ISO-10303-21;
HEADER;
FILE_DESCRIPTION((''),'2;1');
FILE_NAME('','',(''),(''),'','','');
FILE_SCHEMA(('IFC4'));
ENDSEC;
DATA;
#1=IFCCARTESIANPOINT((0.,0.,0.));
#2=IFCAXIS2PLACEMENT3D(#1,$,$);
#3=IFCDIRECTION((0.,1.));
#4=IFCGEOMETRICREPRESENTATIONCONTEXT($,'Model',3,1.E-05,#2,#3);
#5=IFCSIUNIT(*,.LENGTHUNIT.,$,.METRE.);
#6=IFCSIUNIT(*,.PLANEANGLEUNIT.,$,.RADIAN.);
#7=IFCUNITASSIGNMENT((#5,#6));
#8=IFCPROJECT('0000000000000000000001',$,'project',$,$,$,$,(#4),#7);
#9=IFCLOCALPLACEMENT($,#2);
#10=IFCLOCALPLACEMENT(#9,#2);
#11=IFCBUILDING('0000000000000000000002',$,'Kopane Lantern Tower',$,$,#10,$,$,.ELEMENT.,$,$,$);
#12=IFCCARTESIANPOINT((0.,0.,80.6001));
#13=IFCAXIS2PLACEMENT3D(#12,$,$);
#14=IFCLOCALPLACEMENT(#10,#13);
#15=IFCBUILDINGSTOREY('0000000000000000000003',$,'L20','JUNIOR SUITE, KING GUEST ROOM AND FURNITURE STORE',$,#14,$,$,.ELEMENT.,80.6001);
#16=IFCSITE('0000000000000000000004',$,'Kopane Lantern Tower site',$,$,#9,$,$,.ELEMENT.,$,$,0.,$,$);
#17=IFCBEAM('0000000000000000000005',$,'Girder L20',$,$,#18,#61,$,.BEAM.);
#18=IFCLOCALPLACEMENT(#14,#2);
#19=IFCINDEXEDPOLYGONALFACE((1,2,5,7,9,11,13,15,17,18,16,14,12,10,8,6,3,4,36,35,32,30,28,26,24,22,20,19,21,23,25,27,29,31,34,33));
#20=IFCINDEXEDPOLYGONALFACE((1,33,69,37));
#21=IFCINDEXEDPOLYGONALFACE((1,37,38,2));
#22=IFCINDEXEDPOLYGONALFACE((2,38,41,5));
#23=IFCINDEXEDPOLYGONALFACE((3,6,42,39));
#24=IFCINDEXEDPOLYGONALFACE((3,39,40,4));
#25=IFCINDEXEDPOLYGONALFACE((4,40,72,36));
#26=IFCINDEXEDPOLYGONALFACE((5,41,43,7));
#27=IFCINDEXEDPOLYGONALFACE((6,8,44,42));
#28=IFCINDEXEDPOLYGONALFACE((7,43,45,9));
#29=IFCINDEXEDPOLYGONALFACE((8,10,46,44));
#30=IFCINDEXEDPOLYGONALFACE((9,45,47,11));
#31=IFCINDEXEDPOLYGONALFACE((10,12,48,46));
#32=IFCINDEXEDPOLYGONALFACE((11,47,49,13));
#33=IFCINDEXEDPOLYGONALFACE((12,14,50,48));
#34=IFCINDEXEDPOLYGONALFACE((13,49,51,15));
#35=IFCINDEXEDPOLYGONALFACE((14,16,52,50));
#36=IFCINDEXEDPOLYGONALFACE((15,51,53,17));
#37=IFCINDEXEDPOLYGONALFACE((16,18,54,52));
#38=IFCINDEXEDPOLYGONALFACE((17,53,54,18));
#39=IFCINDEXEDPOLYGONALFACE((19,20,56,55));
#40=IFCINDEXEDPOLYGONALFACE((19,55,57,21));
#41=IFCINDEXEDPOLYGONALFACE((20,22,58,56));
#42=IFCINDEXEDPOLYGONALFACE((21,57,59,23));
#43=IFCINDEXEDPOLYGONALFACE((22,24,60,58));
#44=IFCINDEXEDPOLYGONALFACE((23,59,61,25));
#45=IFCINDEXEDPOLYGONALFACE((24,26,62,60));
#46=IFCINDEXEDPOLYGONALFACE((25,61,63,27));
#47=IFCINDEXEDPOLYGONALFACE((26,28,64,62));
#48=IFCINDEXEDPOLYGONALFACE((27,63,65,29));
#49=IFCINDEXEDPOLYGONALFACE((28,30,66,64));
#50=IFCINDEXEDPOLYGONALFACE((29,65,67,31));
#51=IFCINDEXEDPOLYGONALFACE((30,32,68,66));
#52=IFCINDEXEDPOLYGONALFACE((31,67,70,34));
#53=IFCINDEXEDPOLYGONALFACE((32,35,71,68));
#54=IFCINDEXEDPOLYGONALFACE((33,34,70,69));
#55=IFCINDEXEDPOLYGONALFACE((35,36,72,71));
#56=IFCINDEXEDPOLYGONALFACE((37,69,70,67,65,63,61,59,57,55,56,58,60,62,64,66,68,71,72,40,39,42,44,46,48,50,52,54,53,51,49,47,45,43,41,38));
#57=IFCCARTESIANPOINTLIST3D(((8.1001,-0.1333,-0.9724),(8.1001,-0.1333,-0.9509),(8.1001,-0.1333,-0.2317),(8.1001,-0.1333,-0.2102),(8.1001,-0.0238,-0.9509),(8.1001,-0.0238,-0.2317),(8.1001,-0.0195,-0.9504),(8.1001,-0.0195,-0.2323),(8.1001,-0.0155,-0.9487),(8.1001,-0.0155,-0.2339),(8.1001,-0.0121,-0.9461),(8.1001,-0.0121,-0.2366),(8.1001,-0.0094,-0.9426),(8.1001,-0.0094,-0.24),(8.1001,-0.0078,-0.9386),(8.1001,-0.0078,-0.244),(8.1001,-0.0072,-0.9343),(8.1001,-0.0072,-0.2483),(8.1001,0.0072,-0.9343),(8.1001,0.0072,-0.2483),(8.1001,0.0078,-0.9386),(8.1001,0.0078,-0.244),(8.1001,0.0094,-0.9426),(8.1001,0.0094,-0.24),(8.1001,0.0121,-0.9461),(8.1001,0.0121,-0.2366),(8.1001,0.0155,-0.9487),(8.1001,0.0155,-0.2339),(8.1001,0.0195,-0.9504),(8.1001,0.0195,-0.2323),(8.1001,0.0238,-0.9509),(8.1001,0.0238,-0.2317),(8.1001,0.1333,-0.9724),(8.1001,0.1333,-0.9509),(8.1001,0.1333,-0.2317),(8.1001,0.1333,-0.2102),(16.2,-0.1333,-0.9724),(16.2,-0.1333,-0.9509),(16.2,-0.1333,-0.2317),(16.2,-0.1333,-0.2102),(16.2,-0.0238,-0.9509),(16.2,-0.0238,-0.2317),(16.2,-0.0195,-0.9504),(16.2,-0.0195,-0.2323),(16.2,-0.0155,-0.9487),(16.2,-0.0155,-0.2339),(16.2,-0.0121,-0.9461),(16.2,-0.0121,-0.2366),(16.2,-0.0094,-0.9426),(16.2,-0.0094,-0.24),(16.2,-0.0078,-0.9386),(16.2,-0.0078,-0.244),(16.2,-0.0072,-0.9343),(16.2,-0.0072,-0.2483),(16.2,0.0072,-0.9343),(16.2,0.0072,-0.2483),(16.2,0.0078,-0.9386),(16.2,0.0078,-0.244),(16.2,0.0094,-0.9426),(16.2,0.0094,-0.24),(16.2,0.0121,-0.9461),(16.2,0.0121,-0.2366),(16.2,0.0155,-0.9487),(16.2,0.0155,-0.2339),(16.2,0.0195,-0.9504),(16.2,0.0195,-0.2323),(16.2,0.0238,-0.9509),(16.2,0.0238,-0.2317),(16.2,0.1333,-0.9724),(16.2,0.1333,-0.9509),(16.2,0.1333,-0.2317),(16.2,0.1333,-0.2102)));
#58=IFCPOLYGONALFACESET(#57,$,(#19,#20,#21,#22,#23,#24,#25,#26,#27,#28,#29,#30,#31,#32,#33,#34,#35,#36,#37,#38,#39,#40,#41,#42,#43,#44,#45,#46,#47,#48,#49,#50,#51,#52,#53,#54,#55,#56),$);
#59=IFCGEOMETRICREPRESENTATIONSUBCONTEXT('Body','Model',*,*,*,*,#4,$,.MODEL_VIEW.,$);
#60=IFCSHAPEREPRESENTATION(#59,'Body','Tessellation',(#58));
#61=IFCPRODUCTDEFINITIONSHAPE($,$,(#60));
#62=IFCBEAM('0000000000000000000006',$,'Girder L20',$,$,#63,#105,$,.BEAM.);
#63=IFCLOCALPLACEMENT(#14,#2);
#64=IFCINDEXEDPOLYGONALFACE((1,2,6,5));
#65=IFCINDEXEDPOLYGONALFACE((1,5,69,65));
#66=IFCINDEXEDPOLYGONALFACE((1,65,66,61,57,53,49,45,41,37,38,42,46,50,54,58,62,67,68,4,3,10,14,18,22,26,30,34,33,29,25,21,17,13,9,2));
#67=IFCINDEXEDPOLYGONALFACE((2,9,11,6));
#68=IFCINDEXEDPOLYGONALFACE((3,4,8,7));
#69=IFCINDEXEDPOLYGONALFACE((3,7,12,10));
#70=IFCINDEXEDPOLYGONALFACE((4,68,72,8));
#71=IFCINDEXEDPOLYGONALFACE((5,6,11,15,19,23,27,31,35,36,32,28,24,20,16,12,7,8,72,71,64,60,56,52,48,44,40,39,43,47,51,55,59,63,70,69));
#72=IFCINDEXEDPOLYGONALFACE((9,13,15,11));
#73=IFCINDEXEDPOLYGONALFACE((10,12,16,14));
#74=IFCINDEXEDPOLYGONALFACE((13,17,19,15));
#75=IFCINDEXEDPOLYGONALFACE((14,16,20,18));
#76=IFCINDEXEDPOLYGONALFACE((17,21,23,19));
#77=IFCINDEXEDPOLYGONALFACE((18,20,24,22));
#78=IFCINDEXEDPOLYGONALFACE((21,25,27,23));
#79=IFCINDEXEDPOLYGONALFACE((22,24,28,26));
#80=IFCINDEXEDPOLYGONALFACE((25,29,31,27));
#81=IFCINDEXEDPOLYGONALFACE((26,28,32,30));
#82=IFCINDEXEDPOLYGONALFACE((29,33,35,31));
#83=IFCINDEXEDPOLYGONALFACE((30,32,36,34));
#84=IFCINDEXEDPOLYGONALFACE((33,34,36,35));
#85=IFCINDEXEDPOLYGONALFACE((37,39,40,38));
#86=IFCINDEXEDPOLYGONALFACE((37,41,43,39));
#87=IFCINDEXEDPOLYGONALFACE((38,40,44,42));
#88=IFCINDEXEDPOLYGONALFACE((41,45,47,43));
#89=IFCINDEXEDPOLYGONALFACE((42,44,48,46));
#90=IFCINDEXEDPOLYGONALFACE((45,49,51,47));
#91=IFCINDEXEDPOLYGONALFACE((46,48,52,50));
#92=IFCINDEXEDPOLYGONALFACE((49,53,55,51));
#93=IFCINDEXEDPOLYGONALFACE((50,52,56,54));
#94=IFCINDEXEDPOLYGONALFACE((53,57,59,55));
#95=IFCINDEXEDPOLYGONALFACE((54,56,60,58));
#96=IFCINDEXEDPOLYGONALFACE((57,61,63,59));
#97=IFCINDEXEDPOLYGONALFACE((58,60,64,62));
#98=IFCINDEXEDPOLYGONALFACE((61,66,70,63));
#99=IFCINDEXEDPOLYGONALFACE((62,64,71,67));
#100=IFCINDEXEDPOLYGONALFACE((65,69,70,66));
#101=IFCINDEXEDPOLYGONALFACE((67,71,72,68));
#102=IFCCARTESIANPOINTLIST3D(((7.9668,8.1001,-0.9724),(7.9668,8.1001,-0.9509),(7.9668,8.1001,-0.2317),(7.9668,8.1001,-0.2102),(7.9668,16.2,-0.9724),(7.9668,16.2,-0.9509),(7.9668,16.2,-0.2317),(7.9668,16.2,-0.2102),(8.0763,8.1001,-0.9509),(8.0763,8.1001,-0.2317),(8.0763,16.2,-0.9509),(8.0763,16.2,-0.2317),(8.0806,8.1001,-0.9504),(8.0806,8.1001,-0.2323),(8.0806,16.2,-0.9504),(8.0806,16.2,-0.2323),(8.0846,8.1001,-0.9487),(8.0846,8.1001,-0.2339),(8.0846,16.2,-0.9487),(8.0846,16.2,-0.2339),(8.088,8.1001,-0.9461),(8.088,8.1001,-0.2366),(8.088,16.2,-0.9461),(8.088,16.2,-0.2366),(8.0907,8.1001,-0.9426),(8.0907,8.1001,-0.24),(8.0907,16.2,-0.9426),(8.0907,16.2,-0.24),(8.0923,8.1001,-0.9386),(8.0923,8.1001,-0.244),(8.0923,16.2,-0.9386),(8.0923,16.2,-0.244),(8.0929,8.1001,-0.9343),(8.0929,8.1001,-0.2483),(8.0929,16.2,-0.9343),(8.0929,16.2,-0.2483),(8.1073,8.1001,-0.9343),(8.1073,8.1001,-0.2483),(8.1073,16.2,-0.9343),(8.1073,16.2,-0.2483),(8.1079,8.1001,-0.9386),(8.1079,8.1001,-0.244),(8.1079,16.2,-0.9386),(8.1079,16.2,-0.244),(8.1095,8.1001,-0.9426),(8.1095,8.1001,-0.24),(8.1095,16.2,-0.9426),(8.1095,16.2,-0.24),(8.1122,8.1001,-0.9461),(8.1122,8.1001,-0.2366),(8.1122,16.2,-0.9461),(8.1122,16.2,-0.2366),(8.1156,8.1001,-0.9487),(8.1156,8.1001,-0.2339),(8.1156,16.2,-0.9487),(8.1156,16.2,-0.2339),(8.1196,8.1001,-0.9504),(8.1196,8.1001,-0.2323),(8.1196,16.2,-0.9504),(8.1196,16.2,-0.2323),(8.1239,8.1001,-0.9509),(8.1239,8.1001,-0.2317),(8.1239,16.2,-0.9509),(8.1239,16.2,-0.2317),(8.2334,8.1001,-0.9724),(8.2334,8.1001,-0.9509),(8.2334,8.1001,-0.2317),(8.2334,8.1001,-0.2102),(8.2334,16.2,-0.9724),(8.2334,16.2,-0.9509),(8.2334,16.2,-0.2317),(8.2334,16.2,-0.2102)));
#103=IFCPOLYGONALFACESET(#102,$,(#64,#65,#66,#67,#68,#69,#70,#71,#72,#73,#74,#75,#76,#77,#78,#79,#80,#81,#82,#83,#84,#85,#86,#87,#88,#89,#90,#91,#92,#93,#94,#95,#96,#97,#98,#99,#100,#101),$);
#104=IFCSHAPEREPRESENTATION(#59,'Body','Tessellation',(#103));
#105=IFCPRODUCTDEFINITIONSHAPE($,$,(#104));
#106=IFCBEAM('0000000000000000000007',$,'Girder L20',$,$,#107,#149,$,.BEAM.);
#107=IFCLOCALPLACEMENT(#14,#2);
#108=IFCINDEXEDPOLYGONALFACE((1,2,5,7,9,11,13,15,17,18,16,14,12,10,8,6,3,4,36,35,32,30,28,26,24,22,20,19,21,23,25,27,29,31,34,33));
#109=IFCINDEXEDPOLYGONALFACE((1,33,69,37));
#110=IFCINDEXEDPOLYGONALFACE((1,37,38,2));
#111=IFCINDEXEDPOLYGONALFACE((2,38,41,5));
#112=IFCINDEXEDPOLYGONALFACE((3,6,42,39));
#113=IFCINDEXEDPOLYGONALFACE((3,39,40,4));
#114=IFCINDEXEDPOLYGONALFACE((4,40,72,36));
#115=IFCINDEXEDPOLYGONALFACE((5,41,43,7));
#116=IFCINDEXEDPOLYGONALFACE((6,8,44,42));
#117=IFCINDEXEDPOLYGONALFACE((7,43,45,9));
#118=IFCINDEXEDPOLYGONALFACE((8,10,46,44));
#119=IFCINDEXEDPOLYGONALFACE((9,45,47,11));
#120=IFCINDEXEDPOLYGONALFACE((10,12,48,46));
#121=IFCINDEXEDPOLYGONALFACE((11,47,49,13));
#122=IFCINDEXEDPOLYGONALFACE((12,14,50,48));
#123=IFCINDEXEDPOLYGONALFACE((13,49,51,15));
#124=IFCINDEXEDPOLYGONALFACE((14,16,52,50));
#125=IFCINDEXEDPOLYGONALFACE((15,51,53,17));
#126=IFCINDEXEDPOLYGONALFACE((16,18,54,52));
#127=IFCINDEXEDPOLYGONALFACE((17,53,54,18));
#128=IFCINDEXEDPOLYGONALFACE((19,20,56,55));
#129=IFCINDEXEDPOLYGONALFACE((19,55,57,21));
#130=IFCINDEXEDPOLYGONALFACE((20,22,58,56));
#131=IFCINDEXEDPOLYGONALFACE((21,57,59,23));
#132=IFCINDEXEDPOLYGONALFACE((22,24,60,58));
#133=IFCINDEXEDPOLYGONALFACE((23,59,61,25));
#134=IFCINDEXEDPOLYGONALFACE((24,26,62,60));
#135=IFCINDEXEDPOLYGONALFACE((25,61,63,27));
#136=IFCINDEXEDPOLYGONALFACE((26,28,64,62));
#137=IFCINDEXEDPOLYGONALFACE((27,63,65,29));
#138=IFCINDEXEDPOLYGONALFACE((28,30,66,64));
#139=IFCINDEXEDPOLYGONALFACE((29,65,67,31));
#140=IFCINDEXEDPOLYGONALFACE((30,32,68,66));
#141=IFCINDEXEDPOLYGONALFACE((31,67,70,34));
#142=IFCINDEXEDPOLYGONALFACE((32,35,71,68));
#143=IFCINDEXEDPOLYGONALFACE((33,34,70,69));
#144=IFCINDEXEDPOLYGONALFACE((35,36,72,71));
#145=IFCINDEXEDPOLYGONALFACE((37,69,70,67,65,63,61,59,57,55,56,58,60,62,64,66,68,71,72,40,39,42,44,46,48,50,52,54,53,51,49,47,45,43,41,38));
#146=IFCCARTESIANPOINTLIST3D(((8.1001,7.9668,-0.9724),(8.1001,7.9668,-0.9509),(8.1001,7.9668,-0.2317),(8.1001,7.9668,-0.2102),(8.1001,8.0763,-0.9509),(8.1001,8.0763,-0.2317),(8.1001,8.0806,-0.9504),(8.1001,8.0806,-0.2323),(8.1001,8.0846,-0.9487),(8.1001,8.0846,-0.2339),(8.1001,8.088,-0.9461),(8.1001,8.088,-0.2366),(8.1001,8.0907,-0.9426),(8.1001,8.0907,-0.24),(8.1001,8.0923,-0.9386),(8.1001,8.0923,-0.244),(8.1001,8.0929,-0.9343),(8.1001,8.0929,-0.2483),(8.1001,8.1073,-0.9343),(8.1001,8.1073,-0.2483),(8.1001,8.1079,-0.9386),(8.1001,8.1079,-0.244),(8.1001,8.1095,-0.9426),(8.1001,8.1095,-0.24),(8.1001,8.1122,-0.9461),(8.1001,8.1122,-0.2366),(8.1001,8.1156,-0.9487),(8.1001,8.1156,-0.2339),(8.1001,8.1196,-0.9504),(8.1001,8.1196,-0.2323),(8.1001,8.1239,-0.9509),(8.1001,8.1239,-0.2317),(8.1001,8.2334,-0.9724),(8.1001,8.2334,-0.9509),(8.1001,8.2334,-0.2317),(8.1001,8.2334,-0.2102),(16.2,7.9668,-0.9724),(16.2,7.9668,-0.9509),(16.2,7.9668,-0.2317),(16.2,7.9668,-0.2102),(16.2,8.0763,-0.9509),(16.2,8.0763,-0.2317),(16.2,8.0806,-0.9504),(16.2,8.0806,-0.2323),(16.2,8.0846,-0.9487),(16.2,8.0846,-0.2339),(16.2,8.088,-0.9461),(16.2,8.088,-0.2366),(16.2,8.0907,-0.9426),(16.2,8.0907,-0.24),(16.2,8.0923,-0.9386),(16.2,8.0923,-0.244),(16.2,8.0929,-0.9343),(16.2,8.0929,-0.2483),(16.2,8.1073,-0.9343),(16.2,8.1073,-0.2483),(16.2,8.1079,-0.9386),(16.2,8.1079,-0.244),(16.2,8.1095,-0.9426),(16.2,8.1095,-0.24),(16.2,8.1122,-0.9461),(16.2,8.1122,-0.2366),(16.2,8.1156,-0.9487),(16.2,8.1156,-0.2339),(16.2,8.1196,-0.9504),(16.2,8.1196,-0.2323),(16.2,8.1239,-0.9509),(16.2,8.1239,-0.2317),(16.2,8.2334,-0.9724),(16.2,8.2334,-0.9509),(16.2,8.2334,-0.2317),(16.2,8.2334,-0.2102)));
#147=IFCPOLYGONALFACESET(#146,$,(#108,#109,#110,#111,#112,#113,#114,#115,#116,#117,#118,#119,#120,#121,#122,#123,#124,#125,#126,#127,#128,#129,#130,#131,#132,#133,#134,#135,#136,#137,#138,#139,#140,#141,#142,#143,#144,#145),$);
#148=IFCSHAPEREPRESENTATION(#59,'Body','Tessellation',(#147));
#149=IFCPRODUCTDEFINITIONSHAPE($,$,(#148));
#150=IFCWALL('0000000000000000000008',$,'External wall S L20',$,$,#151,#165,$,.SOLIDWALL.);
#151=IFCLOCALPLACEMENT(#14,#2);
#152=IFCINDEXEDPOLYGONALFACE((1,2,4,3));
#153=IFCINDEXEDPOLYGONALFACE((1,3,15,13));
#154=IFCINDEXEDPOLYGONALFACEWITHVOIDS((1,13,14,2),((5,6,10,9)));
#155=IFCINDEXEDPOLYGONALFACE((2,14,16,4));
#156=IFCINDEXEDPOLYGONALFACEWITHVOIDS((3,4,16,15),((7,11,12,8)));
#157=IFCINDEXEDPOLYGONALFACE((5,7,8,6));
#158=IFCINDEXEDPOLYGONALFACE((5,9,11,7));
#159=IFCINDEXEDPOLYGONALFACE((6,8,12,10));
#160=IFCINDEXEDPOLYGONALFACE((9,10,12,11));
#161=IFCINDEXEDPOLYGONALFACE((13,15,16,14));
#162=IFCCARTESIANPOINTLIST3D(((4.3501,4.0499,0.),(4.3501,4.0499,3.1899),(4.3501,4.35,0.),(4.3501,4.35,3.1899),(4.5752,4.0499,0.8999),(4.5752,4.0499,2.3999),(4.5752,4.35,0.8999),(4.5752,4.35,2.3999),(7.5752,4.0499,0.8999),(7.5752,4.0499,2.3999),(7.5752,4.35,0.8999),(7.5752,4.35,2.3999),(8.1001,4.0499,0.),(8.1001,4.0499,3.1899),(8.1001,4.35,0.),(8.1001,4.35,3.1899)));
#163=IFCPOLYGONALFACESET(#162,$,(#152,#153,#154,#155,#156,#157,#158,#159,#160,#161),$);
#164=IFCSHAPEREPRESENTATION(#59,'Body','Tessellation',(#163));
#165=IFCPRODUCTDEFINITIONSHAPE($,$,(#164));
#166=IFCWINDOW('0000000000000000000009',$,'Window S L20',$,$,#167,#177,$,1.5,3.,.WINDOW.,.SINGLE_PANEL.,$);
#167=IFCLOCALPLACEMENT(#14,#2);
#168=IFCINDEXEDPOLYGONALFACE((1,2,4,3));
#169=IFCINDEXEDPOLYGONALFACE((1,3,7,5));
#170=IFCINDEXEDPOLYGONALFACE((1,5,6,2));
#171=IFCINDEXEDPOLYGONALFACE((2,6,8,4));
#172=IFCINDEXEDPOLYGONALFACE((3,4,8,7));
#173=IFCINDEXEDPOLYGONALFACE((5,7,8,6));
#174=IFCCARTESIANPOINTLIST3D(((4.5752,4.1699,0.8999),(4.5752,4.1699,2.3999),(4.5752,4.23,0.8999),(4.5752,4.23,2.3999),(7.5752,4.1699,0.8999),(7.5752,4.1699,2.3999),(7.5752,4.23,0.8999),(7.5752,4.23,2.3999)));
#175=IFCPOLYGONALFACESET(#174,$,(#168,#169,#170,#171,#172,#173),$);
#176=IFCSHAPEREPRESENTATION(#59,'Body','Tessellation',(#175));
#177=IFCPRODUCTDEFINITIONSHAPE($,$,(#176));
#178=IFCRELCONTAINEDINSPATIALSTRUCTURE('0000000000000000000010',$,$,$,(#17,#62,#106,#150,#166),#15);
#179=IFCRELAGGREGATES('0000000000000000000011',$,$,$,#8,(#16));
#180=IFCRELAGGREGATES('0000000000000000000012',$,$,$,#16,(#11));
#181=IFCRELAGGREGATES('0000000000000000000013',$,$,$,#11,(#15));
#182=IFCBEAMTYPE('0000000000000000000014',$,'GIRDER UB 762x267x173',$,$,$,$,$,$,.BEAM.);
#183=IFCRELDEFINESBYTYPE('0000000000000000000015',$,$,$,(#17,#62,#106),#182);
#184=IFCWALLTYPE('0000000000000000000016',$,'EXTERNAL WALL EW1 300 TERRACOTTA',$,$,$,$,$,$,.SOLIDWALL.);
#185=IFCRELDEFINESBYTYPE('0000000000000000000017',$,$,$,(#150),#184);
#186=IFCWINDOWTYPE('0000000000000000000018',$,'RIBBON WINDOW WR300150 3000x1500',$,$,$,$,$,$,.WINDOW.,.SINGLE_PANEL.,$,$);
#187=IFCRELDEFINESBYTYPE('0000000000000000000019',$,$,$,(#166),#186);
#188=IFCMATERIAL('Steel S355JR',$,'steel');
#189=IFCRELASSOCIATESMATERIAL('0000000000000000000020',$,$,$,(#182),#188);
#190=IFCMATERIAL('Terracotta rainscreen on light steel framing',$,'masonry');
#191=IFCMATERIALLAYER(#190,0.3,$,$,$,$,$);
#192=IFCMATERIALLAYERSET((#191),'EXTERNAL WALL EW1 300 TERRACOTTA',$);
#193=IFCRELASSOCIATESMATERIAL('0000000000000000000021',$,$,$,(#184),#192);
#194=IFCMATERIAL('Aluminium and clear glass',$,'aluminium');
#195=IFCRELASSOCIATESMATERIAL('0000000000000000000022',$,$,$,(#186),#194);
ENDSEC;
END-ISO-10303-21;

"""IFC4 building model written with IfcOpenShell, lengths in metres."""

from ifc_helpers import new_model, si_unit, direction, frame, frame_2d, origin, origin_2d, place, context, subcontext, project, spatial, rectangle, i_section, extrude, material, layer, layer_set, material_profile, profile_set, type_object, element, fill, save


model = new_model("IFC4")

# Units and contexts
model_context = context("Model", 3, precision=1e-05, world=origin(), true_north=direction((0.0, 1.0)))
body_context = subcontext(model_context, "Body", "Model", "MODEL_VIEW")
ifc_project = project(units=[si_unit("LENGTHUNIT", "METRE"), si_unit("PLANEANGLEUNIT", "RADIAN")], contexts=[model_context])

# Site, building, storey
site_placement = place(None, origin())
site = spatial("IfcSite", under=ifc_project, at=site_placement, Name="Kopane Lantern Tower site", CompositionType="ELEMENT", RefElevation=0.0)
building_placement = place(site_placement, origin())
building = spatial("IfcBuilding", under=site, at=building_placement, Name="Kopane Lantern Tower", CompositionType="ELEMENT")
storey_placement = place(building_placement, frame((0.0, 0.0, 80.6001)))
storey = spatial("IfcBuildingStorey", under=building, at=storey_placement, Name="L20", Description="JUNIOR SUITE, KING GUEST ROOM AND FURNITURE STORE", CompositionType="ELEMENT", Elevation=80.6001)

# Beams
ifc_material_1 = material(Name="Steel S355JR", Category="steel")
ifc_material_profile_1 = material_profile(ifc_material_1, i_section(OverallWidth=0.2666, OverallDepth=0.7622, WebThickness=0.0144, FlangeThickness=0.0215, FilletRadius=0.0166, at=origin_2d()), Name="UB 762x267x173")
ifc_profile_set_1 = profile_set([ifc_material_profile_1], Name="Steel S355JR")
beam_type_1 = type_object("IfcBeamType", Name="GIRDER UB 762x267x173", PredefinedType="BEAM", material=ifc_profile_set_1)
for number, where, z_axis, x_axis, name in (
    (1, (8.1001, 0.0, -0.5913), (1.0, 0.0, 0.0), (0.0, 1.0, 0.0), "Girder L20"),
    (2, (8.1001, 8.1001, -0.5913), (0.0, 1.0, 0.0), (-1.0, 0.0, 0.0), "Girder L20"),
    (3, (8.1001, 8.1001, -0.5913), (1.0, 0.0, 0.0), (0.0, 1.0, 0.0), "Girder L20"),
):
    element("IfcBeam", number, at=place(storey_placement, frame(where, z_axis=z_axis, x_axis=x_axis)), inside=storey, type_object=beam_type_1, Name=name, PredefinedType="BEAM", context=body_context, shape_type="SweptSolid", body=[
        extrude(i_section(OverallWidth=0.2666, OverallDepth=0.7622, WebThickness=0.0144, FlangeThickness=0.0215, FilletRadius=0.0166, at=origin_2d()), origin(), (0.0, 0.0, 1.0), 8.0999),
    ])

# Shared definitions
ifc_material_2 = material(Name="Terracotta rainscreen on light steel framing", Category="masonry")
ifc_layer = layer(ifc_material_2, 0.3)
ifc_layer_set = layer_set([ifc_layer], Name="EXTERNAL WALL EW1 300 TERRACOTTA")
wall_type = type_object("IfcWallType", Name="EXTERNAL WALL EW1 300 TERRACOTTA", PredefinedType="SOLIDWALL", material=ifc_layer_set)
ifc_material_3 = material(Name="Aluminium and clear glass", Category="aluminium")
window_type = type_object("IfcWindowType", Name="RIBBON WINDOW WR300150 3000x1500", PartitioningType="SINGLE_PANEL", PredefinedType="WINDOW", material=ifc_material_3)

# Wall, opening, window
wall_1_placement = place(storey_placement, frame((4.3501, 4.2, 0.0), z_axis=(0.0, 0.0, 1.0), x_axis=(1.0, 0.0, 0.0)))
wall_1 = element("IfcWall", 4, at=wall_1_placement, inside=storey, type_object=wall_type, Name="External wall S L20", PredefinedType="SOLIDWALL", context=body_context, shape_type="SweptSolid", body=[
    extrude(rectangle(XDim=3.75, YDim=0.3, at=frame_2d((1.875, 0.0))), origin(), (0.0, 0.0, 1.0), 3.1899),
])
opening_1_placement = place(wall_1_placement, frame((0.2251, 0.0, 0.8999)))
opening_1 = element("IfcOpeningElement", 5, at=opening_1_placement, cuts=wall_1, PredefinedType="OPENING", context=body_context, shape_type="SweptSolid", body=[
    extrude(rectangle(XDim=3.0, YDim=1.5, at=frame_2d((1.5, 0.75))), frame((0.0, 0.1599, 0.0), z_axis=(0.0, -1.0, 0.0), x_axis=(1.0, 0.0, 0.0)), (0.0, 0.0, 1.0), 0.3201),
])
window_1_placement = place(opening_1_placement, origin())
window_1 = element("IfcWindow", 6, at=window_1_placement, inside=storey, type_object=window_type, Name="Window S L20", OverallHeight=1.5, OverallWidth=3.0, PartitioningType="SINGLE_PANEL", PredefinedType="WINDOW", context=body_context, shape_type="SweptSolid", body=[
    extrude(rectangle(XDim=3.0, YDim=1.5, at=frame_2d((1.5, 0.75))), frame((0.0, 0.03, 0.0), z_axis=(0.0, -1.0, 0.0), x_axis=(1.0, 0.0, 0.0)), (0.0, 0.0, 1.0), 0.0601),
])
fill(opening_1, window_1)

save(model, "model.ifc")
